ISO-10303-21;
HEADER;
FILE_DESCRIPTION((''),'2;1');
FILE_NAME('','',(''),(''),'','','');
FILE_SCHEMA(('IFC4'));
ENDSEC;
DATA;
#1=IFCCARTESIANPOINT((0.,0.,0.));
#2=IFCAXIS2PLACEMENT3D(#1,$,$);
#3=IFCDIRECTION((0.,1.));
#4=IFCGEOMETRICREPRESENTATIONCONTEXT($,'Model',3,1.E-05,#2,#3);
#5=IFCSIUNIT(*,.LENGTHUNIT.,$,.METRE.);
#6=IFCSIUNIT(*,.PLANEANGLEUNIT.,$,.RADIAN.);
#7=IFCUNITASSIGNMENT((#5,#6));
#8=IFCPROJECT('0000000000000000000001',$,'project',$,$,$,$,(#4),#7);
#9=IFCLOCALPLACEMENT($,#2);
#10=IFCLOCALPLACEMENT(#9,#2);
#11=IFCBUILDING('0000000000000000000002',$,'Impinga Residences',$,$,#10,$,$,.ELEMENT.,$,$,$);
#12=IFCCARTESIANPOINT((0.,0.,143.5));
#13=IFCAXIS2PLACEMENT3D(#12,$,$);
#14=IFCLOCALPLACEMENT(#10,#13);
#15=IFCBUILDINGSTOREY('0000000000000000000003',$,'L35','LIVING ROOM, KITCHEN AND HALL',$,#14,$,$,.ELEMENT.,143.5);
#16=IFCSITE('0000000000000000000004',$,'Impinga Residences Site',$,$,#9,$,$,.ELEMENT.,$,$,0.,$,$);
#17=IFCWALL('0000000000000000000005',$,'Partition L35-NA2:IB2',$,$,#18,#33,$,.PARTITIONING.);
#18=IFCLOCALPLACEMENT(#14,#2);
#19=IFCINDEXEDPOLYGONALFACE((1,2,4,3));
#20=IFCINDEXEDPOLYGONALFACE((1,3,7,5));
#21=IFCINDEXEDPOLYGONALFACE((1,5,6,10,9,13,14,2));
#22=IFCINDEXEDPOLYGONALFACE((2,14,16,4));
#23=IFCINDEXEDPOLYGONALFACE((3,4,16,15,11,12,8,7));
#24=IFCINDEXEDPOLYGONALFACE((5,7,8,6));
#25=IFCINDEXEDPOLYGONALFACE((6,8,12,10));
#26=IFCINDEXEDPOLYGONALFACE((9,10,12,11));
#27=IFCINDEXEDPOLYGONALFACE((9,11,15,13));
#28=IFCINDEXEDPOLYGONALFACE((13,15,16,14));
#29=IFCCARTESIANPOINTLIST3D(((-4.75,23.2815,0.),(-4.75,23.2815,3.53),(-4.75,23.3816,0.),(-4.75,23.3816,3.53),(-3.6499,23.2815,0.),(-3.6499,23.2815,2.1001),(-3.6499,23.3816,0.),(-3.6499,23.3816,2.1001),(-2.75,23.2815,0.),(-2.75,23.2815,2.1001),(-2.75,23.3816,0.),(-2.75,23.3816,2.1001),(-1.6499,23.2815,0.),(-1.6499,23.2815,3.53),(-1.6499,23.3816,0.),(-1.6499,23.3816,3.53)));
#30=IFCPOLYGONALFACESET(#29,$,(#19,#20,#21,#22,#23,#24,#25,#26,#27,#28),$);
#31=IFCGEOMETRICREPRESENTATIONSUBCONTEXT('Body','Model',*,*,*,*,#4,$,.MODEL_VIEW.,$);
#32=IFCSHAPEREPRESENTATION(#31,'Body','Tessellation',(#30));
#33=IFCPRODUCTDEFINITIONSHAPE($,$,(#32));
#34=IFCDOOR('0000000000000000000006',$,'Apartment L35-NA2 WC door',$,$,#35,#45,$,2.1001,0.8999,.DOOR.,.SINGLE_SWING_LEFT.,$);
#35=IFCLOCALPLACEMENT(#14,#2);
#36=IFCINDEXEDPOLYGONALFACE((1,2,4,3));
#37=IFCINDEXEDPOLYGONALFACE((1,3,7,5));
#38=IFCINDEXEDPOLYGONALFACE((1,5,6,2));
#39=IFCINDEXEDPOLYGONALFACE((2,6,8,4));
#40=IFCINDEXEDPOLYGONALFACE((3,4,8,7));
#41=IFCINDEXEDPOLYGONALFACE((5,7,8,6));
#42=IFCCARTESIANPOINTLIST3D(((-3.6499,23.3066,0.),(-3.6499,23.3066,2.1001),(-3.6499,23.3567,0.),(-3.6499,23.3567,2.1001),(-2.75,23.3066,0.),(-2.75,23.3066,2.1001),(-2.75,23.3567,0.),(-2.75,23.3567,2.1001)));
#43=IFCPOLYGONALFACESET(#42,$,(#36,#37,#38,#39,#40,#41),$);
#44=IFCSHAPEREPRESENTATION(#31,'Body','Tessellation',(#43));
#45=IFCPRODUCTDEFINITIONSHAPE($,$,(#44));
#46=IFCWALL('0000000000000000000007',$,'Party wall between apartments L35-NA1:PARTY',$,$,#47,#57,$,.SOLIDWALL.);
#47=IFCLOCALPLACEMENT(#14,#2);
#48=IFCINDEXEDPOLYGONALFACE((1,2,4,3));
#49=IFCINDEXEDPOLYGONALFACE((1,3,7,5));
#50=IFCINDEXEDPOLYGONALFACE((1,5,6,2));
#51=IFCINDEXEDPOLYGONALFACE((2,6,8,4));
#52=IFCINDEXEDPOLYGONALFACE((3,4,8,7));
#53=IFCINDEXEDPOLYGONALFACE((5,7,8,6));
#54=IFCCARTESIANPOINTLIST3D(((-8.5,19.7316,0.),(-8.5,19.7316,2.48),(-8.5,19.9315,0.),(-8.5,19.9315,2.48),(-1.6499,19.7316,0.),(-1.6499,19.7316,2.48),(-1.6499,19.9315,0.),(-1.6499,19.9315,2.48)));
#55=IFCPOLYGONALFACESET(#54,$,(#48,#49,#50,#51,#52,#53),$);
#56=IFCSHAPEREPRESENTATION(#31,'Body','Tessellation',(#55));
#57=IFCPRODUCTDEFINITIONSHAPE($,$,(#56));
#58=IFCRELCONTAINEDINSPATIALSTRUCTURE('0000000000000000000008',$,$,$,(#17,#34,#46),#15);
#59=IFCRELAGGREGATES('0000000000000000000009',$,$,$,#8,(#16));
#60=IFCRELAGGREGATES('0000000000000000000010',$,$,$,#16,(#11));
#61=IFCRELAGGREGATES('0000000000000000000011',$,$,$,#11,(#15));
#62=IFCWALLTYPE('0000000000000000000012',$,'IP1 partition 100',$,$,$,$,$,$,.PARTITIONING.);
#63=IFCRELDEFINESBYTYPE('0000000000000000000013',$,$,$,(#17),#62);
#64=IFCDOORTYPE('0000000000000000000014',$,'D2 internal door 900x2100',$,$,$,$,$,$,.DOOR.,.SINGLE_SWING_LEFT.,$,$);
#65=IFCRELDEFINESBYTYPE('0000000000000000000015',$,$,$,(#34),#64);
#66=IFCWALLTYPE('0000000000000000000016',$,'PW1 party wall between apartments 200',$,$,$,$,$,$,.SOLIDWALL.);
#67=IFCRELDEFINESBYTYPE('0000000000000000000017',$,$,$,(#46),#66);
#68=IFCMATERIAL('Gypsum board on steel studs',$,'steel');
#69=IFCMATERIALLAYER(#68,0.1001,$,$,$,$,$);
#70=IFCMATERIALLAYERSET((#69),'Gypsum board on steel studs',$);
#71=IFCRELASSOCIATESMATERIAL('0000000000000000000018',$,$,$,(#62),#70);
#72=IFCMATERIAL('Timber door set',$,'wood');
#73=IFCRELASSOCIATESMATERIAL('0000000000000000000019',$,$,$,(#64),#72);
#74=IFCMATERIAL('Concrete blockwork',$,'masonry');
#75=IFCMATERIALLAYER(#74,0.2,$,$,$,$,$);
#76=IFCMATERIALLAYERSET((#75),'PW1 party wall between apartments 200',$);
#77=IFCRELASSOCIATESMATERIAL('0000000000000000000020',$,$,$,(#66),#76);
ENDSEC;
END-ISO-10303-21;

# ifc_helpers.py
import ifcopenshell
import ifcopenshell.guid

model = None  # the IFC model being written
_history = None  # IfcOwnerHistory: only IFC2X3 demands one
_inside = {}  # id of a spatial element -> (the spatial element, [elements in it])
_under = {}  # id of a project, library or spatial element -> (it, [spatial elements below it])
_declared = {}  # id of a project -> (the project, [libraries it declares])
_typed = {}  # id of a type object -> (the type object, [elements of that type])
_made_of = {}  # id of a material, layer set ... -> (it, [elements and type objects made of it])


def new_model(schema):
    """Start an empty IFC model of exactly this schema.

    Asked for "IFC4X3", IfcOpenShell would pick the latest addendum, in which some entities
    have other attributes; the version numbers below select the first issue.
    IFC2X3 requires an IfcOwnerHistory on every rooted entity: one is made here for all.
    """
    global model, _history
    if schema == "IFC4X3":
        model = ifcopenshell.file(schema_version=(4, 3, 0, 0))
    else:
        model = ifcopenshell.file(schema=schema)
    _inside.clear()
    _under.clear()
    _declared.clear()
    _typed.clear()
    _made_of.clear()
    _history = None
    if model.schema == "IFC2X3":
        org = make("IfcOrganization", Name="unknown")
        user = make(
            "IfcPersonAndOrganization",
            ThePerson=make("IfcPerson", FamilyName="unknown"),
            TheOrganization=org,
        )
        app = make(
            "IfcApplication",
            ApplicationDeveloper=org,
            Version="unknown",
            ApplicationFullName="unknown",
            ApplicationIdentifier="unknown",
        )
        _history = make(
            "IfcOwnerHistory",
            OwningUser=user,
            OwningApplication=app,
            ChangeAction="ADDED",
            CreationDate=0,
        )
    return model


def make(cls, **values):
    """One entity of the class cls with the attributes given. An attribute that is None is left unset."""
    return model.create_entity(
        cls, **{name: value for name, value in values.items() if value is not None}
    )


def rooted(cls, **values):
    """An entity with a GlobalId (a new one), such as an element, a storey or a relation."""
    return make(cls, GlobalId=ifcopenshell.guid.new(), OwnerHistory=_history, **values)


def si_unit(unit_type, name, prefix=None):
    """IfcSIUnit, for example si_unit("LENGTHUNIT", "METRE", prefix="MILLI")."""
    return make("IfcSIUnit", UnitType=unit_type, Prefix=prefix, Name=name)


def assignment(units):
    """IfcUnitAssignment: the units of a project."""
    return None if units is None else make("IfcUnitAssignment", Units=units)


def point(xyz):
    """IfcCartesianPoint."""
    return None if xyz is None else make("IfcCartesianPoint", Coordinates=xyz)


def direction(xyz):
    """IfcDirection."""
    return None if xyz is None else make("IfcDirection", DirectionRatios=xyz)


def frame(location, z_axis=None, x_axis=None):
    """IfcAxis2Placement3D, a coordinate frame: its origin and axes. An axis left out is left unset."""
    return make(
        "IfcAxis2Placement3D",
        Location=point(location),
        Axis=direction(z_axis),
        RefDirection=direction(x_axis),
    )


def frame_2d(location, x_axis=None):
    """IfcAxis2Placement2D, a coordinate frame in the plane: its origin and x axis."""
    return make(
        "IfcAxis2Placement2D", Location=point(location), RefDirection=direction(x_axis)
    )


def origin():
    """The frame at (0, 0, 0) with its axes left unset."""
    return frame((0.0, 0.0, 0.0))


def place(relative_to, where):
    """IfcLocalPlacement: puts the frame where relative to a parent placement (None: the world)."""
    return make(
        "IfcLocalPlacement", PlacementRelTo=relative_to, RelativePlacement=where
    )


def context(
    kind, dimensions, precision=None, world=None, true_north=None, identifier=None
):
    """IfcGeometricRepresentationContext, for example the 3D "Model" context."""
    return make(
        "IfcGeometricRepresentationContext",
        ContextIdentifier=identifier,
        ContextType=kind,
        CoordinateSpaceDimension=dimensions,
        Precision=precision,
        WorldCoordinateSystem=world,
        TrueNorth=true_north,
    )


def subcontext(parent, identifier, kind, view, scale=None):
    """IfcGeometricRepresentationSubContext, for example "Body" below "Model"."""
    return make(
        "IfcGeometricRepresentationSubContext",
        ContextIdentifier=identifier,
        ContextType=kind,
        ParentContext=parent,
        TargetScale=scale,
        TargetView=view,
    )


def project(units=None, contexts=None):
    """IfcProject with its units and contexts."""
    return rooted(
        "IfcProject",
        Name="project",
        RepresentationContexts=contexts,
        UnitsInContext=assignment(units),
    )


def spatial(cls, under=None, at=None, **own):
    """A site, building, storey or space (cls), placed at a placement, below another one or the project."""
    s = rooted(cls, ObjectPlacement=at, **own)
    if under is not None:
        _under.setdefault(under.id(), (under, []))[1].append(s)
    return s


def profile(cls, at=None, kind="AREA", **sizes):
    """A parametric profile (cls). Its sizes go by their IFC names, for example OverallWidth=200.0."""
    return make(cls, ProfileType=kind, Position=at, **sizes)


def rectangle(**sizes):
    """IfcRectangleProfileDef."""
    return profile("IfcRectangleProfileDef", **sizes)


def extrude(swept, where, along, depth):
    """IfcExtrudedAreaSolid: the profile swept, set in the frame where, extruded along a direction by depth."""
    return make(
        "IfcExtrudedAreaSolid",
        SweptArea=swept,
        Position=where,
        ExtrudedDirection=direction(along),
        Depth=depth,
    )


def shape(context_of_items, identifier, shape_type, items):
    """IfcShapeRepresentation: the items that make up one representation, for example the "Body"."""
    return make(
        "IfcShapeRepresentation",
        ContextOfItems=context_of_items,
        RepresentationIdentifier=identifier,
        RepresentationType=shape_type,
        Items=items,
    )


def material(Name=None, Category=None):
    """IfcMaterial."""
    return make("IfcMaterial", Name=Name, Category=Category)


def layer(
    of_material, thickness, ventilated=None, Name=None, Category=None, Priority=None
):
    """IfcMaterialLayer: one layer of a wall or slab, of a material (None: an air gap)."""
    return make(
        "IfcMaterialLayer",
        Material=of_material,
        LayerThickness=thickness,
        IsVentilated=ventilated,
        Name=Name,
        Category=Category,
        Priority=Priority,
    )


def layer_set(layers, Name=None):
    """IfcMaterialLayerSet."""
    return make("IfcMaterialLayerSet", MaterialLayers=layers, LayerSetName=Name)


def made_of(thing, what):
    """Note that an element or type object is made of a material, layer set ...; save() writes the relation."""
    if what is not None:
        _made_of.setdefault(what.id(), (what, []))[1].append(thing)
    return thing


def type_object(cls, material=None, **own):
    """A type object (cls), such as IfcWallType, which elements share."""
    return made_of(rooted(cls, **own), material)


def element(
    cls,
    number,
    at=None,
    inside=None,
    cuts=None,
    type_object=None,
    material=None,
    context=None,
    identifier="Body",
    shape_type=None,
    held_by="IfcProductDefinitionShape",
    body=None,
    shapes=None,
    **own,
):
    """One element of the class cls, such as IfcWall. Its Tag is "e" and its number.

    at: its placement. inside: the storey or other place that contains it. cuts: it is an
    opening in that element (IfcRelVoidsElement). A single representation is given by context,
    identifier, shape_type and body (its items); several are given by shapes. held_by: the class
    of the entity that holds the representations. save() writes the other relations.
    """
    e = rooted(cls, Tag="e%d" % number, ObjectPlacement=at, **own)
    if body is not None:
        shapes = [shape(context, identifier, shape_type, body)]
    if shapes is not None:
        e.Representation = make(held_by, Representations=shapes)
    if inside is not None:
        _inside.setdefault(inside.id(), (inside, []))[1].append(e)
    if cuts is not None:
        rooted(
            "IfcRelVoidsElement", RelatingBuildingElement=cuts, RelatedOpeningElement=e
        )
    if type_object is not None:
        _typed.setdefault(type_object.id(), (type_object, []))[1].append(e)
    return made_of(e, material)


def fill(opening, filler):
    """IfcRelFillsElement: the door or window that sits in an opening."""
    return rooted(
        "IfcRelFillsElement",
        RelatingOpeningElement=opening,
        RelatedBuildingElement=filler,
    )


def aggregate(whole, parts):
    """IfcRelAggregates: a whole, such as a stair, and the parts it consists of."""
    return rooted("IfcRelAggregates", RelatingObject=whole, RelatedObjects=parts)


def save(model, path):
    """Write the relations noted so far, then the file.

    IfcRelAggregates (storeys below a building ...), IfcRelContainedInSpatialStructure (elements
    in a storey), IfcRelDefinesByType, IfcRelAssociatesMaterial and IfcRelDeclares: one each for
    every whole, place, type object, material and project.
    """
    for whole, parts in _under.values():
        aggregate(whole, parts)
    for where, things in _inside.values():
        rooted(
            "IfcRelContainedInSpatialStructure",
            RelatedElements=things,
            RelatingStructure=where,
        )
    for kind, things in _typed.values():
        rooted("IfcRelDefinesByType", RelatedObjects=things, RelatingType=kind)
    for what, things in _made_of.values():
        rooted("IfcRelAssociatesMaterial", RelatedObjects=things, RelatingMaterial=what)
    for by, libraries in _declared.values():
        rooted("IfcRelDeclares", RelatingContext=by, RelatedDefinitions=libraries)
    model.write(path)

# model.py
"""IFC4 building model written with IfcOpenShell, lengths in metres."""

from ifc_helpers import new_model, si_unit, direction, frame, frame_2d, origin, place, context, subcontext, project, spatial, rectangle, extrude, material, layer, layer_set, type_object, element, fill, save


model = new_model("IFC4")

# Units and contexts
model_context = context("Model", 3, precision=1e-05, world=origin(), true_north=direction((0.0, 1.0)))
body_context = subcontext(model_context, "Body", "Model", "MODEL_VIEW")
ifc_project = project(units=[si_unit("LENGTHUNIT", "METRE"), si_unit("PLANEANGLEUNIT", "RADIAN")], contexts=[model_context])

# Site, building, storey
site_placement = place(None, origin())
site = spatial("IfcSite", under=ifc_project, at=site_placement, Name="Impinga Residences Site", CompositionType="ELEMENT", RefElevation=0.0)
building_placement = place(site_placement, origin())
building = spatial("IfcBuilding", under=site, at=building_placement, Name="Impinga Residences", CompositionType="ELEMENT")
storey_placement = place(building_placement, frame((0.0, 0.0, 143.5)))
storey = spatial("IfcBuildingStorey", under=building, at=storey_placement, Name="L35", Description="LIVING ROOM, KITCHEN AND HALL", CompositionType="ELEMENT", Elevation=143.5)

# Shared definitions
ifc_material_1 = material(Name="Gypsum board on steel studs", Category="steel")
ifc_layer_1 = layer(ifc_material_1, 0.1001)
ifc_layer_set_1 = layer_set([ifc_layer_1], Name="Gypsum board on steel studs")
wall_type_1 = type_object("IfcWallType", Name="IP1 partition 100", PredefinedType="PARTITIONING", material=ifc_layer_set_1)

# Shared definitions
ifc_material_2 = material(Name="Timber door set", Category="wood")
door_type = type_object("IfcDoorType", Name="D2 internal door 900x2100", OperationType="SINGLE_SWING_LEFT", PredefinedType="DOOR", material=ifc_material_2)

# Wall, opening, door
wall_1_placement = place(storey_placement, frame((-1.6499, 23.3315, 0.0), z_axis=(0.0, 0.0, 1.0), x_axis=(-1.0, 0.0, 0.0)))
wall_1 = element("IfcWall", 1, at=wall_1_placement, inside=storey, type_object=wall_type_1, Name="Partition L35-NA2:IB2", PredefinedType="PARTITIONING", context=body_context, shape_type="SweptSolid", body=[
    extrude(rectangle(XDim=3.1001, YDim=0.1001, at=frame_2d((1.55, 0.0))), origin(), (0.0, 0.0, 1.0), 3.53),
])
opening_1_placement = place(wall_1_placement, frame((1.1001, 0.0, 0.0)))
opening_1 = element("IfcOpeningElement", 2, at=opening_1_placement, cuts=wall_1, PredefinedType="OPENING", context=body_context, shape_type="SweptSolid", body=[
    extrude(rectangle(XDim=0.8999, YDim=2.1001, at=frame_2d((0.45, 1.05))), frame((0.0, 0.0601, 0.0), z_axis=(0.0, -1.0, 0.0), x_axis=(1.0, 0.0, 0.0)), (0.0, 0.0, 1.0), 0.1201),
])
door_1_placement = place(opening_1_placement, origin())
door_1 = element("IfcDoor", 3, at=door_1_placement, inside=storey, type_object=door_type, Name="Apartment L35-NA2 WC door", OperationType="SINGLE_SWING_LEFT", OverallHeight=2.1001, OverallWidth=0.8999, PredefinedType="DOOR", context=body_context, shape_type="SweptSolid", body=[
    extrude(rectangle(XDim=0.8999, YDim=2.1001, at=frame_2d((0.45, 1.05))), frame((0.0, 0.0249, 0.0), z_axis=(0.0, -1.0, 0.0), x_axis=(1.0, 0.0, 0.0)), (0.0, 0.0, 1.0), 0.05),
])
fill(opening_1, door_1)

# Wall
ifc_material_3 = material(Name="Concrete blockwork", Category="masonry")
ifc_layer_2 = layer(ifc_material_3, 0.2)
ifc_layer_set_2 = layer_set([ifc_layer_2], Name="PW1 party wall between apartments 200")
wall_type_2 = type_object("IfcWallType", Name="PW1 party wall between apartments 200", PredefinedType="SOLIDWALL", material=ifc_layer_set_2)
wall_2_placement = place(storey_placement, frame((-1.6499, 19.8315, 0.0), z_axis=(0.0, 0.0, 1.0), x_axis=(-1.0, 0.0, 0.0)))
element("IfcWall", 4, at=wall_2_placement, inside=storey, type_object=wall_type_2, Name="Party wall between apartments L35-NA1:PARTY", PredefinedType="SOLIDWALL", context=body_context, shape_type="SweptSolid", body=[
    extrude(rectangle(XDim=6.8501, YDim=0.2, at=frame_2d((3.425, 0.0))), origin(), (0.0, 0.0, 1.0), 2.48),
])

save(model, "model.ifc")
